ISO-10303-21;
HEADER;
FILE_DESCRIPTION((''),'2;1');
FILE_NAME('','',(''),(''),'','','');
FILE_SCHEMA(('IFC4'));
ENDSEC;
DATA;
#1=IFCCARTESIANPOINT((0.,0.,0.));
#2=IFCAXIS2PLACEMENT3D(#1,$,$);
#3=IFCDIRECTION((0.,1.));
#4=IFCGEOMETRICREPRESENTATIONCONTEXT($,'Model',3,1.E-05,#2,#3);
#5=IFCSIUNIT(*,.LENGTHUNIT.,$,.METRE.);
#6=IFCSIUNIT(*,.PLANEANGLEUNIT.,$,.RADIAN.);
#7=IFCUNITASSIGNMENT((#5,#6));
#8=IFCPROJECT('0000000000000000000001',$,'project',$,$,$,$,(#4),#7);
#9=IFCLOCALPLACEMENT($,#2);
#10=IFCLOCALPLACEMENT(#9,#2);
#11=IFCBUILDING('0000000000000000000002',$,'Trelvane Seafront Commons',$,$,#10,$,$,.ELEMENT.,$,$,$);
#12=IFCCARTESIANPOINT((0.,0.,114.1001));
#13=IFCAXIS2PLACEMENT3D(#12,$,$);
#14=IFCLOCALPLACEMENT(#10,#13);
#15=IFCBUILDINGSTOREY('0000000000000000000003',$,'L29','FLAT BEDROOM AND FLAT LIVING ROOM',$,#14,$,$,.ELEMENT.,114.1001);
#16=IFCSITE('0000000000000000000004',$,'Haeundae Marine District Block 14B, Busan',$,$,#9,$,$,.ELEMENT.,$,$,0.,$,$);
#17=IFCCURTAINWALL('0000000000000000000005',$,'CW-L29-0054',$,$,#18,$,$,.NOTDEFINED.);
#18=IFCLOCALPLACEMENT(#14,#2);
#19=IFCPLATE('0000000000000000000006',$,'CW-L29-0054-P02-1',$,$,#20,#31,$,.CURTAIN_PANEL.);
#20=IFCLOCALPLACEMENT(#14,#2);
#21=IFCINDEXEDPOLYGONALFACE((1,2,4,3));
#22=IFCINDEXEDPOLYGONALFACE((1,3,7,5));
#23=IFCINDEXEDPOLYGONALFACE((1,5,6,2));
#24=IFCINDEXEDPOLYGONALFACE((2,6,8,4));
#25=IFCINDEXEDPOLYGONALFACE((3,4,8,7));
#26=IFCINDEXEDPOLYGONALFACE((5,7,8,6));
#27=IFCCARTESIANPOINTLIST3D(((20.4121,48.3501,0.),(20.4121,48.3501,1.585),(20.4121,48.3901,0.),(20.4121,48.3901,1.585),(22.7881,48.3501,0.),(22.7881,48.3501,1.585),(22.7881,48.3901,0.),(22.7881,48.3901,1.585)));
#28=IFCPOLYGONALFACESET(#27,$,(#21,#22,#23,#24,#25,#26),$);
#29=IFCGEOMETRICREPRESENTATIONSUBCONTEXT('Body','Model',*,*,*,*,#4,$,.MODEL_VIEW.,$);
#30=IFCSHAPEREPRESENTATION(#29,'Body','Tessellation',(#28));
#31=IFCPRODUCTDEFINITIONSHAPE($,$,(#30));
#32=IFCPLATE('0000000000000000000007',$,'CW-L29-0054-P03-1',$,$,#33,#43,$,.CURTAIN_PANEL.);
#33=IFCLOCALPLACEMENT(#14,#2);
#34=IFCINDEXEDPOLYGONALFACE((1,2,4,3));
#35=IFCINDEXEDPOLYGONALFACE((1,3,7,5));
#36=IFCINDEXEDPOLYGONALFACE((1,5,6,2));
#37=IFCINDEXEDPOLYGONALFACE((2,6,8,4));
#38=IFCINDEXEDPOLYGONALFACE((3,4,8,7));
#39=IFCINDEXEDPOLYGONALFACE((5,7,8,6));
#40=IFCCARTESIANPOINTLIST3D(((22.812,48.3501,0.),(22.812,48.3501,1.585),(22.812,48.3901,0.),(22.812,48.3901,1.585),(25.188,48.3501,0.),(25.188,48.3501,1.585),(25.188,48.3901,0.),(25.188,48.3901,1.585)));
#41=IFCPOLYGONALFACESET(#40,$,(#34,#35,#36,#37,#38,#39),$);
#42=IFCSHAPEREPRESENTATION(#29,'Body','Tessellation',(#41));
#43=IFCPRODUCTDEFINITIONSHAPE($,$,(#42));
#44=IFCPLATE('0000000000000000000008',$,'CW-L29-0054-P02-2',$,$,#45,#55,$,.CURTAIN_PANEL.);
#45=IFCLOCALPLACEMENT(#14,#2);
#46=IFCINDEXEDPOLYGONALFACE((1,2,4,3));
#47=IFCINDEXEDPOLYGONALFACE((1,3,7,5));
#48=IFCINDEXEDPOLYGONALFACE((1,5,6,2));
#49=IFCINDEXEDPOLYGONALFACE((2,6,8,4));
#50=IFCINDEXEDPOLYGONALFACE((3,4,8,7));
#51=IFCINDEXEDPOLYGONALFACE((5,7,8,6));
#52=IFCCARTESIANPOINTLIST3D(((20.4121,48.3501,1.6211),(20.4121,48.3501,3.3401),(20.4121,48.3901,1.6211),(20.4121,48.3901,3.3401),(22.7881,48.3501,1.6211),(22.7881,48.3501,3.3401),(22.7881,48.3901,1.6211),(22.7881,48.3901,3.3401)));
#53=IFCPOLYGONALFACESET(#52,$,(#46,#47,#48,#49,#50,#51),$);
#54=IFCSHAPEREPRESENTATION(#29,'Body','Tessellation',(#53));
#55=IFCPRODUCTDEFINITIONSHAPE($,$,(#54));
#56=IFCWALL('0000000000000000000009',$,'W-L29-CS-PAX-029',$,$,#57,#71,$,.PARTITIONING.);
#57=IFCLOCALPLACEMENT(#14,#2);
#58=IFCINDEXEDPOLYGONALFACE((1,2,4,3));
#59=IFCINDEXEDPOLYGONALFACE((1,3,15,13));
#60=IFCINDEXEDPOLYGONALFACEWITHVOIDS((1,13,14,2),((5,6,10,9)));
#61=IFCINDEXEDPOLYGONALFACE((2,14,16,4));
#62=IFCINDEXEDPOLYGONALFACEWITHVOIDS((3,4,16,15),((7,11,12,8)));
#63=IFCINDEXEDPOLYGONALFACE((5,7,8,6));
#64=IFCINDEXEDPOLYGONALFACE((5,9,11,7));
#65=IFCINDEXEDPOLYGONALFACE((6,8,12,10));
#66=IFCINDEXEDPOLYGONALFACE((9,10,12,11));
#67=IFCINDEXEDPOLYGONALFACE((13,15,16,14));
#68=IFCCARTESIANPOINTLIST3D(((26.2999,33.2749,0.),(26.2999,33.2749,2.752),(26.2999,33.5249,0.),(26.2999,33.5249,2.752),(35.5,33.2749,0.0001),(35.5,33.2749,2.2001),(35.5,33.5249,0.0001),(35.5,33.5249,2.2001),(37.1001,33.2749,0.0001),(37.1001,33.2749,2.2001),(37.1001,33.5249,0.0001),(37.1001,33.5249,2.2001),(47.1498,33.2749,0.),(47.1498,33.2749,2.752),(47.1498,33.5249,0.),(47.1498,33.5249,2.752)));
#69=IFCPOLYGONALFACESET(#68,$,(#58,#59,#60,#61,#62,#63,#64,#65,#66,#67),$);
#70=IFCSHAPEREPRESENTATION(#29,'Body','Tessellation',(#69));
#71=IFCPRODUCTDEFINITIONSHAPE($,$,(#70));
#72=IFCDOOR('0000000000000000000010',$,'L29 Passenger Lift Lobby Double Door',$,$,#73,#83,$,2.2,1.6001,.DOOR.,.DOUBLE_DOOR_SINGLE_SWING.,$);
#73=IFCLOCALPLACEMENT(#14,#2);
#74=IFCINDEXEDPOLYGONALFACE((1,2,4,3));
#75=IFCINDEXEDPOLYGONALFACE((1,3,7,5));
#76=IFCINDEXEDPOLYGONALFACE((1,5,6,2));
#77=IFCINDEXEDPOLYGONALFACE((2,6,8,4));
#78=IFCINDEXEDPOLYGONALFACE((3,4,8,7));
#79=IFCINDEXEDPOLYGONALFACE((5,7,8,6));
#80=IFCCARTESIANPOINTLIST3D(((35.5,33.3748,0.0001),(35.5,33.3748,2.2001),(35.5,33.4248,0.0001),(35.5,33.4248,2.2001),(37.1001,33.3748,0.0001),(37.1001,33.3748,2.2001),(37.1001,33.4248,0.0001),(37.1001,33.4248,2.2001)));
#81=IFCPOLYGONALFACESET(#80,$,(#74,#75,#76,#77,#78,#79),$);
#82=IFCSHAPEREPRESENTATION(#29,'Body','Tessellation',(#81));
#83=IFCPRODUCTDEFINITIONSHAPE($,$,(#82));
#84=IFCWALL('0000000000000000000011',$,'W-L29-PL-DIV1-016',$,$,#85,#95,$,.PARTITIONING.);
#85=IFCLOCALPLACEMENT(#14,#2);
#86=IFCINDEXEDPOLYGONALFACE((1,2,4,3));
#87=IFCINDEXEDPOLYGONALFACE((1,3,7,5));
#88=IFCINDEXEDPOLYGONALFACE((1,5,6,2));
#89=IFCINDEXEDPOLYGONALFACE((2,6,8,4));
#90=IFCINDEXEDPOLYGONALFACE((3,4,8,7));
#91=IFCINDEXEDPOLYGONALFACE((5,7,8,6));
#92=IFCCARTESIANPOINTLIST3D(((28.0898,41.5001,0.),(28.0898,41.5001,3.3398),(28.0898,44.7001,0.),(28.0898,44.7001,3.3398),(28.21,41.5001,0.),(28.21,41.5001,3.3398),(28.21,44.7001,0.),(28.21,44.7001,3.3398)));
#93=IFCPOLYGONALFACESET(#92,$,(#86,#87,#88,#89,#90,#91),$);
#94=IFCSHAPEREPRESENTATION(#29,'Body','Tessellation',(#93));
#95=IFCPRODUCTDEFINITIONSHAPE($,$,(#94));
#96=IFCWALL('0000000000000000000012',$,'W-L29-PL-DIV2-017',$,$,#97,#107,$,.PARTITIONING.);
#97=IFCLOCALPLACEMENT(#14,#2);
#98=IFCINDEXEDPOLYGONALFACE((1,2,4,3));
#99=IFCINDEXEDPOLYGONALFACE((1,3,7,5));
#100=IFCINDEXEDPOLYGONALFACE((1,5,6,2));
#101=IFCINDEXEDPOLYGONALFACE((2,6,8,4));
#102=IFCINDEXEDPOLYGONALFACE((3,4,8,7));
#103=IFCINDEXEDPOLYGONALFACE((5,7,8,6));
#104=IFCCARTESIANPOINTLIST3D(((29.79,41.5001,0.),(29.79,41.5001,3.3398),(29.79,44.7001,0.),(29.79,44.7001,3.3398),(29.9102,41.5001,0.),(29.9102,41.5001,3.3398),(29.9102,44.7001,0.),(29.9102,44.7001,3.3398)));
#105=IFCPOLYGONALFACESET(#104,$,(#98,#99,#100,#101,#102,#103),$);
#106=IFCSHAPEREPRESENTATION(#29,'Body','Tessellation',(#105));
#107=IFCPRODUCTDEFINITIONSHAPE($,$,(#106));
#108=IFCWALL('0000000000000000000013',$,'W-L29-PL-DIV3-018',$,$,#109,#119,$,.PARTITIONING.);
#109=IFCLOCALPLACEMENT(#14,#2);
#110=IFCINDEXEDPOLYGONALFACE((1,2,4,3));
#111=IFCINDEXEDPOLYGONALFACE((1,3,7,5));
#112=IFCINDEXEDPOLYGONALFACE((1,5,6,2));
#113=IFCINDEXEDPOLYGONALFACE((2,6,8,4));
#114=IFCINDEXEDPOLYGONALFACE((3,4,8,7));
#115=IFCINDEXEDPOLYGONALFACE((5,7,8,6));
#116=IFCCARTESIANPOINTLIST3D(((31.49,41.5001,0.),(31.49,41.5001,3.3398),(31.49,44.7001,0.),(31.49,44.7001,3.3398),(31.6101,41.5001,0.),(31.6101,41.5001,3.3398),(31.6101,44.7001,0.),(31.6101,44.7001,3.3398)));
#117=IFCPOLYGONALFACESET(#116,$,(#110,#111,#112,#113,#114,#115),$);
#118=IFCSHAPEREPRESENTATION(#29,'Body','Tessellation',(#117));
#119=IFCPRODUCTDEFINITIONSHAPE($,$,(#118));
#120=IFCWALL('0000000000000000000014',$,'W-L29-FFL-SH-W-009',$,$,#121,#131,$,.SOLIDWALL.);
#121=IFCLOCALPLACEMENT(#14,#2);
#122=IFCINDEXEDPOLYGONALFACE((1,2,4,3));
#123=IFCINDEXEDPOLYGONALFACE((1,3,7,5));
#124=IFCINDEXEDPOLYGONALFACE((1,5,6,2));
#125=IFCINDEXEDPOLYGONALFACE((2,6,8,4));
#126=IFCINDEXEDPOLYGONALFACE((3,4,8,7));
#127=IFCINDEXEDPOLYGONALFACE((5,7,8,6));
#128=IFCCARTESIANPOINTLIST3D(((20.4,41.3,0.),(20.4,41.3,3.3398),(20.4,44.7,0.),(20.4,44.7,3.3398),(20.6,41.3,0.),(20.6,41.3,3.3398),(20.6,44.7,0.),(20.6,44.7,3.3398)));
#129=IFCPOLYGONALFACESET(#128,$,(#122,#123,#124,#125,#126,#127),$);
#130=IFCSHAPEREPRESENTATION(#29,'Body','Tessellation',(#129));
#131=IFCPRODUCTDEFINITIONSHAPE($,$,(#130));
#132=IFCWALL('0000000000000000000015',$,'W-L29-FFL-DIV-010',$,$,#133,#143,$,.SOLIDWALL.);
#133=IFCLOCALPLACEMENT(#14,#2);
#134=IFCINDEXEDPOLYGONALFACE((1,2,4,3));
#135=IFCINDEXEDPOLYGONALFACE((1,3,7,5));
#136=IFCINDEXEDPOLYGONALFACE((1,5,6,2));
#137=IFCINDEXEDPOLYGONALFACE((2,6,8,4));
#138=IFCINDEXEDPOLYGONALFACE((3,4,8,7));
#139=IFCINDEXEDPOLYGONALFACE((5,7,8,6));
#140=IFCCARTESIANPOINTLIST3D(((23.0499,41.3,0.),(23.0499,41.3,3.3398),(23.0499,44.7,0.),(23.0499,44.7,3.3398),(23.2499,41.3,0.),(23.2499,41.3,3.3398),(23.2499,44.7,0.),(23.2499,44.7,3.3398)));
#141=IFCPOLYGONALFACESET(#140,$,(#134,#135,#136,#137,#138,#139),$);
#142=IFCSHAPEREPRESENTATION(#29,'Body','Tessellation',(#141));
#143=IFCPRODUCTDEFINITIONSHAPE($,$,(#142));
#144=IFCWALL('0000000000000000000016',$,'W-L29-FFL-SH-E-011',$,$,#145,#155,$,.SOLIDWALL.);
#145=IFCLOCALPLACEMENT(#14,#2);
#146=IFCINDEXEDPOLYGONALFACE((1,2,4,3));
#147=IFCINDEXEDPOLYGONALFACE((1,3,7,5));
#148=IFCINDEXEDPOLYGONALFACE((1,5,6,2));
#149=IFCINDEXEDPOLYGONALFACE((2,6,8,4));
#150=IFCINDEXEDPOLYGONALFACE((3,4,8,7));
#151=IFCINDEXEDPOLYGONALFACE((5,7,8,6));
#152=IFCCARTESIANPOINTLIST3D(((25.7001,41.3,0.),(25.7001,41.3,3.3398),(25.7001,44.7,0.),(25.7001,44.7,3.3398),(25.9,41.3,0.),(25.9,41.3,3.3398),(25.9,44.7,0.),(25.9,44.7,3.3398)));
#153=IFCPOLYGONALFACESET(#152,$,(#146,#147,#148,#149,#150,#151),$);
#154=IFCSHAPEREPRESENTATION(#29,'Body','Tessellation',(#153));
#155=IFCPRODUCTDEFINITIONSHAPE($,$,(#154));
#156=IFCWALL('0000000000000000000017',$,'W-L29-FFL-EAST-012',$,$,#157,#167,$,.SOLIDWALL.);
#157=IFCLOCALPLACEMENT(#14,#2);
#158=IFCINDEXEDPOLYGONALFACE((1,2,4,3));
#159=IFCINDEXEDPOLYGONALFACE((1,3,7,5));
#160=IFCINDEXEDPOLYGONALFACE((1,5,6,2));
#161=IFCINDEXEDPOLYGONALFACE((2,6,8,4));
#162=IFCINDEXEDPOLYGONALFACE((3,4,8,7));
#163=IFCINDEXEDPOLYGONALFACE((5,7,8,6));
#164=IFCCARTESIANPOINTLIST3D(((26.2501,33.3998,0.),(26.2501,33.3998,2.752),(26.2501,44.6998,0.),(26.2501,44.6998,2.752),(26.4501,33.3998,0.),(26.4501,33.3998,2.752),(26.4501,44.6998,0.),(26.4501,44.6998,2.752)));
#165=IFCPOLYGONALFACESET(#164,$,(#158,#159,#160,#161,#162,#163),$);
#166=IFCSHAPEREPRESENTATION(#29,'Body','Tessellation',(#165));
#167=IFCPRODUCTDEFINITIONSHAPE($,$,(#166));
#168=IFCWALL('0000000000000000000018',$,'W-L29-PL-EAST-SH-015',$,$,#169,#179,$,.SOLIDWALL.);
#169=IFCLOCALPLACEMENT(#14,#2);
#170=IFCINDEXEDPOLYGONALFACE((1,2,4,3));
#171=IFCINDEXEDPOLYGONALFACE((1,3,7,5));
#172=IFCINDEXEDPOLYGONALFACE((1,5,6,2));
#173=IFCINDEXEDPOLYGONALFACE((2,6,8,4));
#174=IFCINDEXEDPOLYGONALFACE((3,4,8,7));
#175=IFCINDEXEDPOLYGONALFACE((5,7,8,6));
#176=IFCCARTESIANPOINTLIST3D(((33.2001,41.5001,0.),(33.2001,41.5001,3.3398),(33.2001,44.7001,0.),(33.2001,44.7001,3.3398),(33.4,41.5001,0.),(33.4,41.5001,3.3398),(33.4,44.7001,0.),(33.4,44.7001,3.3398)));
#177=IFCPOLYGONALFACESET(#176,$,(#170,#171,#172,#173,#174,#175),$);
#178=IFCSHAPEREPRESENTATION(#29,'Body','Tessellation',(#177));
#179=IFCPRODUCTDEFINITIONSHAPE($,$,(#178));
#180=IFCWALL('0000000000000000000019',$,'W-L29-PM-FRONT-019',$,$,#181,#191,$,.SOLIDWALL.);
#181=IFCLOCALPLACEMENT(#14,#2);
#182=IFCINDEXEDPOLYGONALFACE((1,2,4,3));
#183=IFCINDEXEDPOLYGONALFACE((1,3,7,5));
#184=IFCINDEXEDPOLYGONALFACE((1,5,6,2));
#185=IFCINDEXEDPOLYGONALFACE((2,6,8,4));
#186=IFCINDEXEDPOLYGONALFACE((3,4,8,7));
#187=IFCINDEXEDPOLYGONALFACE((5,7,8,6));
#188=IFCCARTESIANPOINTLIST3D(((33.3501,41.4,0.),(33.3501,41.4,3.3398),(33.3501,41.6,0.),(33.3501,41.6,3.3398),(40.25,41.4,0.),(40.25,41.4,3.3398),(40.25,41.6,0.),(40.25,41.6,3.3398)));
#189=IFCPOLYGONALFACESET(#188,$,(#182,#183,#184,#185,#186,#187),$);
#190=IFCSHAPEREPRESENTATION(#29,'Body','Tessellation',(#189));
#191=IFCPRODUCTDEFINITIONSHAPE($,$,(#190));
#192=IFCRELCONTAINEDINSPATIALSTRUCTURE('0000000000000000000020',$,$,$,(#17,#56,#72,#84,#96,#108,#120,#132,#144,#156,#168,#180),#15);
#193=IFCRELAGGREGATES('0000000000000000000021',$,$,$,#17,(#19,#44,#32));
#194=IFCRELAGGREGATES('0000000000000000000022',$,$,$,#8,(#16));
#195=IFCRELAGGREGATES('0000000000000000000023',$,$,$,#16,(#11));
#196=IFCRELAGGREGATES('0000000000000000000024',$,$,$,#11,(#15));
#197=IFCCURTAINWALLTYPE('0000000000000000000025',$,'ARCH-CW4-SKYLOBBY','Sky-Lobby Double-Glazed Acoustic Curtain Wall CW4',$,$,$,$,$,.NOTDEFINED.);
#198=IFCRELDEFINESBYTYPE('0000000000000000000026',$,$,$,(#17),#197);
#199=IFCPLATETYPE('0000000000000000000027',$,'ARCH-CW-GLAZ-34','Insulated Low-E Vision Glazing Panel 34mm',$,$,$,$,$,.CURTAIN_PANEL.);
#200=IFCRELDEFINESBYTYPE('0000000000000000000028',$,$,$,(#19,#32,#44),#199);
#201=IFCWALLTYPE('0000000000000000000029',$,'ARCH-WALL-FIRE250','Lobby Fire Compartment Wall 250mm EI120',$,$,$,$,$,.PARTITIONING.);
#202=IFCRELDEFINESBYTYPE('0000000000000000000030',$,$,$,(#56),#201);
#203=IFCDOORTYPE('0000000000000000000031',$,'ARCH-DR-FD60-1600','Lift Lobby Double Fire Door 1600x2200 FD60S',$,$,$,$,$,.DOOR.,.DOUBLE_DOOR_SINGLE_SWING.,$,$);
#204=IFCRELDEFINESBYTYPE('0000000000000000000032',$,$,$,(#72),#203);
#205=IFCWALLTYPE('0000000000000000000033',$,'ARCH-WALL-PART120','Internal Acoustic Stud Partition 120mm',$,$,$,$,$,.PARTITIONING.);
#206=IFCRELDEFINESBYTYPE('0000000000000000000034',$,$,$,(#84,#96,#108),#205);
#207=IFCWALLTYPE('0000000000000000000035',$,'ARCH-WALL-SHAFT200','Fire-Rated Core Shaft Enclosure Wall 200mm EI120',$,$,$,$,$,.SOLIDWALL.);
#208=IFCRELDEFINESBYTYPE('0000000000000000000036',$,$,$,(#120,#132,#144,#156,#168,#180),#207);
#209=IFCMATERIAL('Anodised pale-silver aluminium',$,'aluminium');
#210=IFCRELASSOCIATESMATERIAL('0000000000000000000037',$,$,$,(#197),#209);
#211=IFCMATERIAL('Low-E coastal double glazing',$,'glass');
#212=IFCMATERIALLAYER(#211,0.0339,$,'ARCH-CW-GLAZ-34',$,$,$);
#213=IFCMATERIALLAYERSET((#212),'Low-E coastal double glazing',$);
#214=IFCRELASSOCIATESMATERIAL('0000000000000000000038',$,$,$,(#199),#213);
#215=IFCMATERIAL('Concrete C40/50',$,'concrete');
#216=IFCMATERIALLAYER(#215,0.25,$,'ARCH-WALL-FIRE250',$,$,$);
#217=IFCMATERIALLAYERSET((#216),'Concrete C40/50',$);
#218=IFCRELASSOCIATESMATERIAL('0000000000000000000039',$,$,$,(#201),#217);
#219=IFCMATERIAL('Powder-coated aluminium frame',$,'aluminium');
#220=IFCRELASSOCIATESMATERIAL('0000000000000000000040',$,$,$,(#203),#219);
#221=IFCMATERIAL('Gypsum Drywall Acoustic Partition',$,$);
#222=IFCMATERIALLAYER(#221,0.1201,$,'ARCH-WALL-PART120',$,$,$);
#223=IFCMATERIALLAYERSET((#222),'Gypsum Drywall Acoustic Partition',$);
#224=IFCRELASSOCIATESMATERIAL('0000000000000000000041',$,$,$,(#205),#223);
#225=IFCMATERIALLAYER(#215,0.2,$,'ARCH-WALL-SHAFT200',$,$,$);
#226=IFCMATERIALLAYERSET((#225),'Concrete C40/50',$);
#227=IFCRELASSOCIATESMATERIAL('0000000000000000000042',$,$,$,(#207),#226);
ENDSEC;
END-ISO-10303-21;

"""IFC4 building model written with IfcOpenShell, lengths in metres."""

from ifc_helpers import new_model, si_unit, direction, frame, frame_2d, origin, origin_2d, place, context, subcontext, project, spatial, rectangle, extrude, source, transform, mapped, material, layer, layer_set, type_object, element, fill, aggregate, save


model = new_model("IFC4")

# Units and contexts
model_context = context("Model", 3, precision=1e-05, world=origin(), true_north=direction((0.0, 1.0)))
body_context = subcontext(model_context, "Body", "Model", "MODEL_VIEW")
ifc_project = project(units=[si_unit("LENGTHUNIT", "METRE"), si_unit("PLANEANGLEUNIT", "RADIAN")], contexts=[model_context])

# Site, building, storey
site_placement = place(None, origin())
site = spatial("IfcSite", under=ifc_project, at=site_placement, Name="Haeundae Marine District Block 14B, Busan", CompositionType="ELEMENT", RefElevation=0.0)
building_placement = place(site_placement, origin())
building = spatial("IfcBuilding", under=site, at=building_placement, Name="Trelvane Seafront Commons", CompositionType="ELEMENT")
storey_placement = place(building_placement, frame((0.0, 0.0, 114.1001)))
storey = spatial("IfcBuildingStorey", under=building, at=storey_placement, Name="L29", Description="FLAT BEDROOM AND FLAT LIVING ROOM", CompositionType="ELEMENT", Elevation=114.1001)

# Curtain wall, plates
ifc_material_1 = material(Name="Anodised pale-silver aluminium", Category="aluminium")
curtain_wall_type = type_object("IfcCurtainWallType", Name="ARCH-CW4-SKYLOBBY", Description="Sky-Lobby Double-Glazed Acoustic Curtain Wall CW4", PredefinedType="NOTDEFINED", material=ifc_material_1)
curtain_wall_placement = place(storey_placement, origin())
curtain_wall = element("IfcCurtainWall", 1, at=curtain_wall_placement, inside=storey, type_object=curtain_wall_type, Name="CW-L29-0054", PredefinedType="NOTDEFINED")
ifc_material_2 = material(Name="Low-E coastal double glazing", Category="glass")
ifc_layer_1 = layer(ifc_material_2, 0.0339, Name="ARCH-CW-GLAZ-34")
ifc_layer_set_1 = layer_set([ifc_layer_1], Name="Low-E coastal double glazing")
plate_type = type_object("IfcPlateType", Name="ARCH-CW-GLAZ-34", Description="Insulated Low-E Vision Glazing Panel 34mm", PredefinedType="CURTAIN_PANEL", material=ifc_layer_set_1)
shared_shape_1 = source(origin(), body_context, "Body", "SweptSolid", [
    extrude(rectangle(XDim=2.376, YDim=0.04, at=origin_2d()), origin(), (0.0, 0.0, 1.0), 1.585),
])
plate_1_placement = place(storey_placement, frame((21.6001, 48.3701, 0.0), z_axis=(0.0, 0.0, 1.0), x_axis=(1.0, 0.0, 0.0)))
plate_1 = element("IfcPlate", 2, at=plate_1_placement, type_object=plate_type, Name="CW-L29-0054-P02-1", PredefinedType="CURTAIN_PANEL", context=body_context, shape_type="MappedRepresentation", body=[
    mapped(shared_shape_1, transform((0.0, 0.0, 0.0), x_axis=(1.0, 0.0, 0.0), y_axis=(0.0, 1.0, 0.0), z_axis=(0.0, 0.0, 1.0), scale=1.0)),
])
plate_2_placement = place(storey_placement, frame((24.0, 48.3701, 0.0), z_axis=(0.0, 0.0, 1.0), x_axis=(1.0, 0.0, 0.0)))
plate_2 = element("IfcPlate", 3, at=plate_2_placement, type_object=plate_type, Name="CW-L29-0054-P03-1", PredefinedType="CURTAIN_PANEL", context=body_context, shape_type="MappedRepresentation", body=[
    mapped(shared_shape_1, transform((0.0, 0.0, 0.0), x_axis=(1.0, 0.0, 0.0), y_axis=(0.0, 1.0, 0.0), z_axis=(0.0, 0.0, 1.0), scale=1.0)),
])
shared_shape_2 = source(origin(), body_context, "Body", "SweptSolid", [
    extrude(rectangle(XDim=2.376, YDim=0.04, at=origin_2d()), origin(), (0.0, 0.0, 1.0), 1.719),
])
plate_3_placement = place(storey_placement, frame((21.6001, 48.3701, 1.6211), z_axis=(0.0, 0.0, 1.0), x_axis=(1.0, 0.0, 0.0)))
plate_3 = element("IfcPlate", 4, at=plate_3_placement, type_object=plate_type, Name="CW-L29-0054-P02-2", PredefinedType="CURTAIN_PANEL", context=body_context, shape_type="MappedRepresentation", body=[
    mapped(shared_shape_2, transform((0.0, 0.0, 0.0), x_axis=(1.0, 0.0, 0.0), y_axis=(0.0, 1.0, 0.0), z_axis=(0.0, 0.0, 1.0), scale=1.0)),
])
aggregate(curtain_wall, [plate_1, plate_3, plate_2])

# Wall, opening, door
ifc_material_3 = material(Name="Concrete C40/50", Category="concrete")
ifc_layer_2 = layer(ifc_material_3, 0.25, Name="ARCH-WALL-FIRE250")
ifc_layer_set_2 = layer_set([ifc_layer_2], Name="Concrete C40/50")
wall_type_1 = type_object("IfcWallType", Name="ARCH-WALL-FIRE250", Description="Lobby Fire Compartment Wall 250mm EI120", PredefinedType="PARTITIONING", material=ifc_layer_set_2)
wall_1_placement = place(storey_placement, frame((26.3, 33.3999, 0.0), z_axis=(0.0, 0.0, 1.0), x_axis=(1.0, 0.0, 0.0)))
wall_1 = element("IfcWall", 5, at=wall_1_placement, inside=storey, type_object=wall_type_1, Name="W-L29-CS-PAX-029", PredefinedType="PARTITIONING", context=body_context, shape_type="SweptSolid", body=[
    extrude(rectangle(XDim=20.8499, YDim=0.25, at=frame_2d((10.4248, 0.0))), origin(), (0.0, 0.0, 1.0), 2.752),
])
opening_1_placement = place(wall_1_placement, frame((9.2, 0.0, 0.0)))
opening_1 = element("IfcOpeningElement", 6, at=opening_1_placement, cuts=wall_1, PredefinedType="OPENING", context=body_context, shape_type="SweptSolid", body=[
    extrude(rectangle(XDim=1.6001, YDim=2.2, at=frame_2d((0.8, 1.1001))), frame((0.0, 0.135, 0.0), z_axis=(0.0, -1.0, 0.0), x_axis=(1.0, 0.0, 0.0)), (0.0, 0.0, 1.0), 0.27),
])
ifc_material_4 = material(Name="Powder-coated aluminium frame", Category="aluminium")
door_type_1 = type_object("IfcDoorType", Name="ARCH-DR-FD60-1600", Description="Lift Lobby Double Fire Door 1600x2200 FD60S", OperationType="DOUBLE_DOOR_SINGLE_SWING", PredefinedType="DOOR", material=ifc_material_4)
shared_shape_3 = source(origin(), body_context, "Body", "SweptSolid", [
    extrude(rectangle(XDim=1.6001, YDim=2.2, at=frame_2d((0.8, 1.1001))), frame((0.0, 0.0249, 0.0), z_axis=(0.0, -1.0, 0.0), x_axis=(1.0, 0.0, 0.0)), (0.0, 0.0, 1.0), 0.05),
])
door_1_placement = place(opening_1_placement, origin())
door_1 = element("IfcDoor", 7, at=door_1_placement, inside=storey, type_object=door_type_1, Name="L29 Passenger Lift Lobby Double Door", OperationType="DOUBLE_DOOR_SINGLE_SWING", OverallHeight=2.2, OverallWidth=1.6001, PredefinedType="DOOR", context=body_context, shape_type="MappedRepresentation", body=[
    mapped(shared_shape_3, transform((0.0, 0.0, 0.0), x_axis=(1.0, 0.0, 0.0), y_axis=(0.0, 1.0, 0.0), z_axis=(0.0, 0.0, 1.0), scale=1.0)),
])
fill(opening_1, door_1)

# Walls
ifc_material_5 = material(Name="Gypsum Drywall Acoustic Partition")
ifc_layer_3 = layer(ifc_material_5, 0.1201, Name="ARCH-WALL-PART120")
ifc_layer_set_3 = layer_set([ifc_layer_3], Name="Gypsum Drywall Acoustic Partition")
wall_type_2 = type_object("IfcWallType", Name="ARCH-WALL-PART120", Description="Internal Acoustic Stud Partition 120mm", PredefinedType="PARTITIONING", material=ifc_layer_set_3)
for number, where, z_axis, x_axis, name in (
    (8, (28.1499, 41.5, 0.0), (0.0, 0.0, 1.0), (0.0, 1.0, 0.0), "W-L29-PL-DIV1-016"),
    (9, (29.8501, 41.5, 0.0), (0.0, 0.0, 1.0), (0.0, 1.0, 0.0), "W-L29-PL-DIV2-017"),
    (10, (31.55, 41.5, 0.0), (0.0, 0.0, 1.0), (0.0, 1.0, 0.0), "W-L29-PL-DIV3-018"),
):
    element("IfcWall", number, at=place(storey_placement, frame(where, z_axis=z_axis, x_axis=x_axis)), inside=storey, type_object=wall_type_2, Name=name, PredefinedType="PARTITIONING", context=body_context, shape_type="SweptSolid", body=[
        extrude(rectangle(XDim=3.2, YDim=0.1201, at=frame_2d((1.6001, 0.0))), origin(), (0.0, 0.0, 1.0), 3.3398),
    ])
ifc_layer_4 = layer(ifc_material_3, 0.2, Name="ARCH-WALL-SHAFT200")
ifc_layer_set_4 = layer_set([ifc_layer_4], Name="Concrete C40/50")
wall_type_3 = type_object("IfcWallType", Name="ARCH-WALL-SHAFT200", Description="Fire-Rated Core Shaft Enclosure Wall 200mm EI120", PredefinedType="SOLIDWALL", material=ifc_layer_set_4)
for number, where, z_axis, x_axis, name in (
    (11, (20.5, 41.3, 0.0), (0.0, 0.0, 1.0), (0.0, 1.0, 0.0), "W-L29-FFL-SH-W-009"),
    (12, (23.1499, 41.3, 0.0), (0.0, 0.0, 1.0), (0.0, 1.0, 0.0), "W-L29-FFL-DIV-010"),
    (13, (25.8, 41.3, 0.0), (0.0, 0.0, 1.0), (0.0, 1.0, 0.0), "W-L29-FFL-SH-E-011"),
):
    element("IfcWall", number, at=place(storey_placement, frame(where, z_axis=z_axis, x_axis=x_axis)), inside=storey, type_object=wall_type_3, Name=name, PredefinedType="SOLIDWALL", context=body_context, shape_type="SweptSolid", body=[
        extrude(rectangle(XDim=3.3999, YDim=0.2, at=frame_2d((1.7, 0.0))), origin(), (0.0, 0.0, 1.0), 3.3398),
    ])
wall_2_placement = place(storey_placement, frame((26.3501, 33.3999, 0.0), z_axis=(0.0, 0.0, 1.0), x_axis=(0.0, 1.0, 0.0)))
element("IfcWall", 14, at=wall_2_placement, inside=storey, type_object=wall_type_3, Name="W-L29-FFL-EAST-012", PredefinedType="SOLIDWALL", context=body_context, shape_type="SweptSolid", body=[
    extrude(rectangle(XDim=11.3, YDim=0.2, at=frame_2d((5.6499, 0.0))), origin(), (0.0, 0.0, 1.0), 2.752),
])

# Walls
wall_3_placement = place(storey_placement, frame((33.3, 41.5, 0.0), z_axis=(0.0, 0.0, 1.0), x_axis=(0.0, 1.0, 0.0)))
element("IfcWall", 15, at=wall_3_placement, inside=storey, type_object=wall_type_3, Name="W-L29-PL-EAST-SH-015", PredefinedType="SOLIDWALL", context=body_context, shape_type="SweptSolid", body=[
    extrude(rectangle(XDim=3.2, YDim=0.2, at=frame_2d((1.6001, 0.0))), origin(), (0.0, 0.0, 1.0), 3.3398),
])
wall_4_placement = place(storey_placement, frame((33.3501, 41.5, 0.0), z_axis=(0.0, 0.0, 1.0), x_axis=(1.0, 0.0, 0.0)))
element("IfcWall", 16, at=wall_4_placement, inside=storey, type_object=wall_type_3, Name="W-L29-PM-FRONT-019", PredefinedType="SOLIDWALL", context=body_context, shape_type="SweptSolid", body=[
    extrude(rectangle(XDim=6.8999, YDim=0.2, at=frame_2d((3.45, 0.0))), origin(), (0.0, 0.0, 1.0), 3.3398),
])

save(model, "model.ifc")
